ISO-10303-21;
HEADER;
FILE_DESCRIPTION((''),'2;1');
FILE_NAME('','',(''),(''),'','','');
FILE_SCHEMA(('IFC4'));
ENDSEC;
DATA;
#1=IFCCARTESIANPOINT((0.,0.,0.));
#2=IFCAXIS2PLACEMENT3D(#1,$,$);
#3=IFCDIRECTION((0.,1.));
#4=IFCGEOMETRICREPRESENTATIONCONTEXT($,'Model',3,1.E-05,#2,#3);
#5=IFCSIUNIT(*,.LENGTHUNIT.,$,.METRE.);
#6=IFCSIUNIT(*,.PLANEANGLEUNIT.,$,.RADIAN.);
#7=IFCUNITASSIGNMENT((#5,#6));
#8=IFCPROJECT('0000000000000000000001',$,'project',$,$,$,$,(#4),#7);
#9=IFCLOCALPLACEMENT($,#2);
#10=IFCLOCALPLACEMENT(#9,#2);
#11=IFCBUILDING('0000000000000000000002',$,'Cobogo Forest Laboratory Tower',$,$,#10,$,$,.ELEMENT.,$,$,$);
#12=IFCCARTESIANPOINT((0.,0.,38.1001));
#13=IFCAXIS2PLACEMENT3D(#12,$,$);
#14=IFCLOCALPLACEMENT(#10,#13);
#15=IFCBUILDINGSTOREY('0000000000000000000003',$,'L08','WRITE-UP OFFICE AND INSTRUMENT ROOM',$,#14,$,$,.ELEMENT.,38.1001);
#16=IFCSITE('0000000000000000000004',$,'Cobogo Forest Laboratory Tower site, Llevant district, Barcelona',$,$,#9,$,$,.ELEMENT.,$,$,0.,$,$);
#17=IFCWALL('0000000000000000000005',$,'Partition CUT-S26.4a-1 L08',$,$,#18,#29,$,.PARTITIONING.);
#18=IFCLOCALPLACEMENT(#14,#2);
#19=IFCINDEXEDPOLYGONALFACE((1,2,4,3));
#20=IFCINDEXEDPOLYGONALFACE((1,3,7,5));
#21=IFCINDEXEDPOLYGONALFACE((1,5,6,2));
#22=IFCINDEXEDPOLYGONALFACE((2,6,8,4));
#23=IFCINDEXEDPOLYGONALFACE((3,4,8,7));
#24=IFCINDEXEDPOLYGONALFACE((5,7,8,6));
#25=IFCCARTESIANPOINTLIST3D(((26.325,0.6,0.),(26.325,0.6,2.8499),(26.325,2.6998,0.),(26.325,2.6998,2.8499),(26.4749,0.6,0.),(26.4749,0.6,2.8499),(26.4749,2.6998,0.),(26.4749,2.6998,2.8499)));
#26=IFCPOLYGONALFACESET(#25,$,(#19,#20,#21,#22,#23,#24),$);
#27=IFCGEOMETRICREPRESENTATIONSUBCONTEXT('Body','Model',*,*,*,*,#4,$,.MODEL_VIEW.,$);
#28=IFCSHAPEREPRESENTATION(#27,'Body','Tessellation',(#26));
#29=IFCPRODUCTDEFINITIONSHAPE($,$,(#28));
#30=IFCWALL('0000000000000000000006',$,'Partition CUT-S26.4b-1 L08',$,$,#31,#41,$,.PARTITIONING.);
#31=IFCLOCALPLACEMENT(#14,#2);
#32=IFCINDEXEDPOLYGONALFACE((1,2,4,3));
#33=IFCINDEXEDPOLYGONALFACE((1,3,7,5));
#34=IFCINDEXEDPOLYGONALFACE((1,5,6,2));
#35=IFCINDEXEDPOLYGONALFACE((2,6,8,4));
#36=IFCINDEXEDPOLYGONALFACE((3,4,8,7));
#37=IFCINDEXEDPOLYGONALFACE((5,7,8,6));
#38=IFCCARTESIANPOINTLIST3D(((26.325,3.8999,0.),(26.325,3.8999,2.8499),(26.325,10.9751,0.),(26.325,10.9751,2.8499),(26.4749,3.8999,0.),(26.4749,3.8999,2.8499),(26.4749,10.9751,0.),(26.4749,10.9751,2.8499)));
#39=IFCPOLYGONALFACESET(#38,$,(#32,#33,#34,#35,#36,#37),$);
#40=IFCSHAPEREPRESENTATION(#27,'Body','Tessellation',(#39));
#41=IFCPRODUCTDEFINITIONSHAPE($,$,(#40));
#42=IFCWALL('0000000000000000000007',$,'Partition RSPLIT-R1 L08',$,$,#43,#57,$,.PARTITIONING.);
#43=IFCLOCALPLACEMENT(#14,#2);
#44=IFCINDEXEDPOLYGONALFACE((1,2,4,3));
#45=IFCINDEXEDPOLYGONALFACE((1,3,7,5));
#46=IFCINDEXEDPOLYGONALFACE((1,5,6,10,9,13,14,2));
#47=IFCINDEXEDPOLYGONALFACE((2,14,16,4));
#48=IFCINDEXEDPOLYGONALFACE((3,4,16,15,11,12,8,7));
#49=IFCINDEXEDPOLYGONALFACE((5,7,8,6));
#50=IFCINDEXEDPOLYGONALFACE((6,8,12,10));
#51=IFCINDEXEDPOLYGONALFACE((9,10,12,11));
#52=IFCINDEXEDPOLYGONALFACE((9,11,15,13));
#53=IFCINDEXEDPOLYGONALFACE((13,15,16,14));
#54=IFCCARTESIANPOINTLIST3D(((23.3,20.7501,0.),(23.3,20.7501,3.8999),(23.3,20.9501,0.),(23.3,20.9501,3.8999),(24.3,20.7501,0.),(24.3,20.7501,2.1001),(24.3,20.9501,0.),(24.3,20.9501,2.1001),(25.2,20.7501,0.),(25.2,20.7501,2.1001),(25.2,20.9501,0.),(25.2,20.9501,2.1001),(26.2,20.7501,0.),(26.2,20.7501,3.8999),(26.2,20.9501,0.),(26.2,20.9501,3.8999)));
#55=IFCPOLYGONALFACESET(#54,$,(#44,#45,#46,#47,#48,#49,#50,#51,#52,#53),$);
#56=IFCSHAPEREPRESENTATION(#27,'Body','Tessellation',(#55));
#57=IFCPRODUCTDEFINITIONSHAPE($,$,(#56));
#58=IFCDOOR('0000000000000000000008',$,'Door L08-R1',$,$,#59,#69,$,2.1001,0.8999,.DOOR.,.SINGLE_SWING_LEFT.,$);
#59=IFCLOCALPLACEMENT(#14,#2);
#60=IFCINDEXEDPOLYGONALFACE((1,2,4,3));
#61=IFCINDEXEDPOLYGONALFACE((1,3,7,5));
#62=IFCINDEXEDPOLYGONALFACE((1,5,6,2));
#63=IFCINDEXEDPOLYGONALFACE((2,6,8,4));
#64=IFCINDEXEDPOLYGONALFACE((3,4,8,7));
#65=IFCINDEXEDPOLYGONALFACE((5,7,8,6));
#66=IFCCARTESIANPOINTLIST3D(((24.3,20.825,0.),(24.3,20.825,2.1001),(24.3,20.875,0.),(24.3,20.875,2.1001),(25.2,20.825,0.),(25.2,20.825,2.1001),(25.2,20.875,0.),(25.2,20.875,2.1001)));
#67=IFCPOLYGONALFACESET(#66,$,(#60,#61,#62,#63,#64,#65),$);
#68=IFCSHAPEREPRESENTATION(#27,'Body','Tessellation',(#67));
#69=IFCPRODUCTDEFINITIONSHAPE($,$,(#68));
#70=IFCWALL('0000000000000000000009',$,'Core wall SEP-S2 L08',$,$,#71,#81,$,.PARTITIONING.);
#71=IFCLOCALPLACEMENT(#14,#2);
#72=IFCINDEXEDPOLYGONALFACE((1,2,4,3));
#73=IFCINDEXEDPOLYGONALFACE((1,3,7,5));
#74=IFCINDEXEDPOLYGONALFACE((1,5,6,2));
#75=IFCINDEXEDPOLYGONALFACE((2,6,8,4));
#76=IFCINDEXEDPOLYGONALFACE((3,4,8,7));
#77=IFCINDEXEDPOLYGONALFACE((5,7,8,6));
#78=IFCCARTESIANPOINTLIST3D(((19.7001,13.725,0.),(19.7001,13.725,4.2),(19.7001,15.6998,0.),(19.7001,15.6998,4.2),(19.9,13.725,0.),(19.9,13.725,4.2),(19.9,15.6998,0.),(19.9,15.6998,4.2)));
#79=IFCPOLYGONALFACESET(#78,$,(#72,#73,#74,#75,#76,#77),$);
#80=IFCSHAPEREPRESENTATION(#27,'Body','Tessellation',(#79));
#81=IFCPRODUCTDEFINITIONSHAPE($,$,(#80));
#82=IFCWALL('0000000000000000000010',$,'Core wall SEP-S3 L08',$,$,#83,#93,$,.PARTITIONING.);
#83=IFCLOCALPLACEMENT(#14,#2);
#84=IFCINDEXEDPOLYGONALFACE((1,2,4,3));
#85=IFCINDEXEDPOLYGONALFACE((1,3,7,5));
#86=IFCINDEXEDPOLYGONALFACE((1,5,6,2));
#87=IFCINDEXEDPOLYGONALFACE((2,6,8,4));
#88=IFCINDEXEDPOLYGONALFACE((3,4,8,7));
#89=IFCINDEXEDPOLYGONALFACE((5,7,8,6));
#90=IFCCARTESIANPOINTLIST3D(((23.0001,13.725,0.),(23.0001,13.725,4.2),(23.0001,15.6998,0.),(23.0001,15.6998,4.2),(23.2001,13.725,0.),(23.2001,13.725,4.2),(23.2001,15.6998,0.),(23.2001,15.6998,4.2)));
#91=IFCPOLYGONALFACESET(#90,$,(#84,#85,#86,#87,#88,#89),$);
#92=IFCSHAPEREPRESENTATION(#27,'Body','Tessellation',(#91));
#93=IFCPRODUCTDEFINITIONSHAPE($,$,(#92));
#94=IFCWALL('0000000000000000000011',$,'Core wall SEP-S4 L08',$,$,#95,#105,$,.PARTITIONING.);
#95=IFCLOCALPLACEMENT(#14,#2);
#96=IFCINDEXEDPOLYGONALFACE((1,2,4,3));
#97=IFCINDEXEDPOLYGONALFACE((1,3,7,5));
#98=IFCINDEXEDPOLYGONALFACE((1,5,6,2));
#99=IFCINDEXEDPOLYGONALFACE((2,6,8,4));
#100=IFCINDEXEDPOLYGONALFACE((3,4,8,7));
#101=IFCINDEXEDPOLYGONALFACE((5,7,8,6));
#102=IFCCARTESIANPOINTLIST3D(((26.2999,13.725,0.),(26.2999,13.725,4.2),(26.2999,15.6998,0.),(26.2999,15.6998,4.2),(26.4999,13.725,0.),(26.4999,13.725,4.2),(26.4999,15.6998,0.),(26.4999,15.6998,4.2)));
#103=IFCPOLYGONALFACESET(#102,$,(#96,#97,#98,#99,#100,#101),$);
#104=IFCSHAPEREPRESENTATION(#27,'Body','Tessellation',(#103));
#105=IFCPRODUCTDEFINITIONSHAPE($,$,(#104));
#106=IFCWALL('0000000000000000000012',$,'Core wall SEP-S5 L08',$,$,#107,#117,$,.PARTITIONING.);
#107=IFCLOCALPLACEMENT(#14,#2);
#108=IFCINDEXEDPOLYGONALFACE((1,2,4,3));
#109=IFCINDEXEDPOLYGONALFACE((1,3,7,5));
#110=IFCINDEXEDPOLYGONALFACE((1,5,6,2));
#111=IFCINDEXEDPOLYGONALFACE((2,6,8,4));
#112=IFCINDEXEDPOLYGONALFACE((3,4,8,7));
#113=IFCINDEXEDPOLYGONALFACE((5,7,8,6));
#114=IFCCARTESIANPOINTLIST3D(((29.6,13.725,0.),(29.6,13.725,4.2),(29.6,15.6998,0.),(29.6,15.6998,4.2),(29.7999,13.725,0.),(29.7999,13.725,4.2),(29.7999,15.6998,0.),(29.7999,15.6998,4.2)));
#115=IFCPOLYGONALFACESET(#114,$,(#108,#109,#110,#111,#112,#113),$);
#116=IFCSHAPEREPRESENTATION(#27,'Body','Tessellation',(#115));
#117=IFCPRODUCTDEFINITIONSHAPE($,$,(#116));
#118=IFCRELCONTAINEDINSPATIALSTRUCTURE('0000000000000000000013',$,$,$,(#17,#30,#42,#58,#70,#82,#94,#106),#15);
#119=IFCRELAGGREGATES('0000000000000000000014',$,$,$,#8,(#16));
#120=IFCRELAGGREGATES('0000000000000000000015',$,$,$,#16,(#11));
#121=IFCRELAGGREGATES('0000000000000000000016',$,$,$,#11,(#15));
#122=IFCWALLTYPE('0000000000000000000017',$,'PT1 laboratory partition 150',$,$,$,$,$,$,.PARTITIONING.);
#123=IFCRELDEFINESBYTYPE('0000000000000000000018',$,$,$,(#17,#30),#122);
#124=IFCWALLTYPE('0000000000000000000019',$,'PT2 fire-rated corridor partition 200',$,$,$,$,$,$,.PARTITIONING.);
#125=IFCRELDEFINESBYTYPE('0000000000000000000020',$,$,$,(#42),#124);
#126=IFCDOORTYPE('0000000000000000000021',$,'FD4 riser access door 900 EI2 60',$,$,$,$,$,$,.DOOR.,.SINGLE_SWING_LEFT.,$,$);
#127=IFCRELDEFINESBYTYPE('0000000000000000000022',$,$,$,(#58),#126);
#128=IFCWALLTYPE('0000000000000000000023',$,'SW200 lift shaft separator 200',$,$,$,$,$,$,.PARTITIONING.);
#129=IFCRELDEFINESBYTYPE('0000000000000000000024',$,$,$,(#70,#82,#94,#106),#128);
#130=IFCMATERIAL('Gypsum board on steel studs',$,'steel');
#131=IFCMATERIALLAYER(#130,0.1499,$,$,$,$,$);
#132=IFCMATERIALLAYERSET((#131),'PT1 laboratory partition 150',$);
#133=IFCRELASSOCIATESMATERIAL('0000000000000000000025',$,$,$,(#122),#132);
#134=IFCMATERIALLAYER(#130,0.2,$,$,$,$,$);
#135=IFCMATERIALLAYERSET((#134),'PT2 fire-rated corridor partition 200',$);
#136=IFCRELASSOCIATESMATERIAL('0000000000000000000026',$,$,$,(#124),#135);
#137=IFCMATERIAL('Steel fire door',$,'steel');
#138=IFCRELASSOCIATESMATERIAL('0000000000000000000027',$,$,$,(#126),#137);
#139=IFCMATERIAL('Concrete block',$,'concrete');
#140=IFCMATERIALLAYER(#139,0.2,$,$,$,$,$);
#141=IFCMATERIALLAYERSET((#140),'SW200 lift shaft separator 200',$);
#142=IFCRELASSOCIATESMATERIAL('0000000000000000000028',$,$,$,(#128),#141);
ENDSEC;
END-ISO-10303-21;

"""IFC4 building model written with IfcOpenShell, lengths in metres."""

from ifc_helpers import new_model, si_unit, direction, frame, frame_2d, origin, place, context, subcontext, project, spatial, rectangle, extrude, material, layer, layer_set, type_object, element, fill, save


model = new_model("IFC4")

# Units and contexts
model_context = context("Model", 3, precision=1e-05, world=origin(), true_north=direction((0.0, 1.0)))
body_context = subcontext(model_context, "Body", "Model", "MODEL_VIEW")
ifc_project = project(units=[si_unit("LENGTHUNIT", "METRE"), si_unit("PLANEANGLEUNIT", "RADIAN")], contexts=[model_context])

# Site, building, storey
site_placement = place(None, origin())
site = spatial("IfcSite", under=ifc_project, at=site_placement, Name="Cobogo Forest Laboratory Tower site, Llevant district, Barcelona", CompositionType="ELEMENT", RefElevation=0.0)
building_placement = place(site_placement, origin())
building = spatial("IfcBuilding", under=site, at=building_placement, Name="Cobogo Forest Laboratory Tower", CompositionType="ELEMENT")
storey_placement = place(building_placement, frame((0.0, 0.0, 38.1001)))
storey = spatial("IfcBuildingStorey", under=building, at=storey_placement, Name="L08", Description="WRITE-UP OFFICE AND INSTRUMENT ROOM", CompositionType="ELEMENT", Elevation=38.1001)

# Shared definitions
ifc_material_1 = material(Name="Gypsum board on steel studs", Category="steel")
ifc_layer_1 = layer(ifc_material_1, 0.1499)
ifc_layer_set_1 = layer_set([ifc_layer_1], Name="PT1 laboratory partition 150")
wall_type_1 = type_object("IfcWallType", Name="PT1 laboratory partition 150", PredefinedType="PARTITIONING", material=ifc_layer_set_1)

# Walls
wall_1_placement = place(storey_placement, frame((26.3999, 0.6001, 0.0), z_axis=(0.0, 0.0, 1.0), x_axis=(0.0, 1.0, 0.0)))
element("IfcWall", 1, at=wall_1_placement, inside=storey, type_object=wall_type_1, Name="Partition CUT-S26.4a-1 L08", PredefinedType="PARTITIONING", context=body_context, shape_type="SweptSolid", body=[
    extrude(rectangle(XDim=2.0999, YDim=0.1499, at=frame_2d((1.0498, 0.0))), origin(), (0.0, 0.0, 1.0), 2.8499),
])
wall_2_placement = place(storey_placement, frame((26.3999, 3.8999, 0.0), z_axis=(0.0, 0.0, 1.0), x_axis=(0.0, 1.0, 0.0)))
element("IfcWall", 2, at=wall_2_placement, inside=storey, type_object=wall_type_1, Name="Partition CUT-S26.4b-1 L08", PredefinedType="PARTITIONING", context=body_context, shape_type="SweptSolid", body=[
    extrude(rectangle(XDim=7.0752, YDim=0.1499, at=frame_2d((3.5376, 0.0))), origin(), (0.0, 0.0, 1.0), 2.8499),
])

# Wall, opening, door
ifc_layer_2 = layer(ifc_material_1, 0.2)
ifc_layer_set_2 = layer_set([ifc_layer_2], Name="PT2 fire-rated corridor partition 200")
wall_type_2 = type_object("IfcWallType", Name="PT2 fire-rated corridor partition 200", PredefinedType="PARTITIONING", material=ifc_layer_set_2)
wall_3_placement = place(storey_placement, frame((23.3, 20.8501, 0.0), z_axis=(0.0, 0.0, 1.0), x_axis=(1.0, 0.0, 0.0)))
wall_3 = element("IfcWall", 3, at=wall_3_placement, inside=storey, type_object=wall_type_2, Name="Partition RSPLIT-R1 L08", PredefinedType="PARTITIONING", context=body_context, shape_type="SweptSolid", body=[
    extrude(rectangle(XDim=2.8999, YDim=0.2, at=frame_2d((1.45, 0.0))), origin(), (0.0, 0.0, 1.0), 3.8999),
])
opening_1_placement = place(wall_3_placement, frame((1.0, 0.0, 0.0)))
opening_1 = element("IfcOpeningElement", 4, at=opening_1_placement, cuts=wall_3, PredefinedType="OPENING", context=body_context, shape_type="SweptSolid", body=[
    extrude(rectangle(XDim=0.8999, YDim=2.1001, at=frame_2d((0.45, 1.05))), frame((0.0, 0.1099, 0.0), z_axis=(0.0, -1.0, 0.0), x_axis=(1.0, 0.0, 0.0)), (0.0, 0.0, 1.0), 0.22),
])
ifc_material_2 = material(Name="Steel fire door", Category="steel")
door_type_1 = type_object("IfcDoorType", Name="FD4 riser access door 900 EI2 60", OperationType="SINGLE_SWING_LEFT", PredefinedType="DOOR", material=ifc_material_2)
door_1_placement = place(opening_1_placement, origin())
door_1 = element("IfcDoor", 5, at=door_1_placement, inside=storey, type_object=door_type_1, Name="Door L08-R1", OperationType="SINGLE_SWING_LEFT", OverallHeight=2.1001, OverallWidth=0.8999, PredefinedType="DOOR", context=body_context, shape_type="SweptSolid", body=[
    extrude(rectangle(XDim=0.8999, YDim=2.1001, at=frame_2d((0.45, 1.05))), frame((0.0, 0.0249, 0.0), z_axis=(0.0, -1.0, 0.0), x_axis=(1.0, 0.0, 0.0)), (0.0, 0.0, 1.0), 0.05),
])
fill(opening_1, door_1)

# Walls
ifc_material_3 = material(Name="Concrete block", Category="concrete")
ifc_layer_3 = layer(ifc_material_3, 0.2)
ifc_layer_set_3 = layer_set([ifc_layer_3], Name="SW200 lift shaft separator 200")
wall_type_3 = type_object("IfcWallType", Name="SW200 lift shaft separator 200", PredefinedType="PARTITIONING", material=ifc_layer_set_3)
for number, where, z_axis, x_axis, name in (
    (6, (19.8, 13.7251, 0.0), (0.0, 0.0, 1.0), (0.0, 1.0, 0.0), "Core wall SEP-S2 L08"),
    (7, (23.1001, 13.7251, 0.0), (0.0, 0.0, 1.0), (0.0, 1.0, 0.0), "Core wall SEP-S3 L08"),
    (8, (26.3999, 13.7251, 0.0), (0.0, 0.0, 1.0), (0.0, 1.0, 0.0), "Core wall SEP-S4 L08"),
    (9, (29.7, 13.7251, 0.0), (0.0, 0.0, 1.0), (0.0, 1.0, 0.0), "Core wall SEP-S5 L08"),
):
    element("IfcWall", number, at=place(storey_placement, frame(where, z_axis=z_axis, x_axis=x_axis)), inside=storey, type_object=wall_type_3, Name=name, PredefinedType="PARTITIONING", context=body_context, shape_type="SweptSolid", body=[
        extrude(rectangle(XDim=1.9749, YDim=0.2, at=frame_2d((0.9873, 0.0))), origin(), (0.0, 0.0, 1.0), 4.2),
    ])

save(model, "model.ifc")
